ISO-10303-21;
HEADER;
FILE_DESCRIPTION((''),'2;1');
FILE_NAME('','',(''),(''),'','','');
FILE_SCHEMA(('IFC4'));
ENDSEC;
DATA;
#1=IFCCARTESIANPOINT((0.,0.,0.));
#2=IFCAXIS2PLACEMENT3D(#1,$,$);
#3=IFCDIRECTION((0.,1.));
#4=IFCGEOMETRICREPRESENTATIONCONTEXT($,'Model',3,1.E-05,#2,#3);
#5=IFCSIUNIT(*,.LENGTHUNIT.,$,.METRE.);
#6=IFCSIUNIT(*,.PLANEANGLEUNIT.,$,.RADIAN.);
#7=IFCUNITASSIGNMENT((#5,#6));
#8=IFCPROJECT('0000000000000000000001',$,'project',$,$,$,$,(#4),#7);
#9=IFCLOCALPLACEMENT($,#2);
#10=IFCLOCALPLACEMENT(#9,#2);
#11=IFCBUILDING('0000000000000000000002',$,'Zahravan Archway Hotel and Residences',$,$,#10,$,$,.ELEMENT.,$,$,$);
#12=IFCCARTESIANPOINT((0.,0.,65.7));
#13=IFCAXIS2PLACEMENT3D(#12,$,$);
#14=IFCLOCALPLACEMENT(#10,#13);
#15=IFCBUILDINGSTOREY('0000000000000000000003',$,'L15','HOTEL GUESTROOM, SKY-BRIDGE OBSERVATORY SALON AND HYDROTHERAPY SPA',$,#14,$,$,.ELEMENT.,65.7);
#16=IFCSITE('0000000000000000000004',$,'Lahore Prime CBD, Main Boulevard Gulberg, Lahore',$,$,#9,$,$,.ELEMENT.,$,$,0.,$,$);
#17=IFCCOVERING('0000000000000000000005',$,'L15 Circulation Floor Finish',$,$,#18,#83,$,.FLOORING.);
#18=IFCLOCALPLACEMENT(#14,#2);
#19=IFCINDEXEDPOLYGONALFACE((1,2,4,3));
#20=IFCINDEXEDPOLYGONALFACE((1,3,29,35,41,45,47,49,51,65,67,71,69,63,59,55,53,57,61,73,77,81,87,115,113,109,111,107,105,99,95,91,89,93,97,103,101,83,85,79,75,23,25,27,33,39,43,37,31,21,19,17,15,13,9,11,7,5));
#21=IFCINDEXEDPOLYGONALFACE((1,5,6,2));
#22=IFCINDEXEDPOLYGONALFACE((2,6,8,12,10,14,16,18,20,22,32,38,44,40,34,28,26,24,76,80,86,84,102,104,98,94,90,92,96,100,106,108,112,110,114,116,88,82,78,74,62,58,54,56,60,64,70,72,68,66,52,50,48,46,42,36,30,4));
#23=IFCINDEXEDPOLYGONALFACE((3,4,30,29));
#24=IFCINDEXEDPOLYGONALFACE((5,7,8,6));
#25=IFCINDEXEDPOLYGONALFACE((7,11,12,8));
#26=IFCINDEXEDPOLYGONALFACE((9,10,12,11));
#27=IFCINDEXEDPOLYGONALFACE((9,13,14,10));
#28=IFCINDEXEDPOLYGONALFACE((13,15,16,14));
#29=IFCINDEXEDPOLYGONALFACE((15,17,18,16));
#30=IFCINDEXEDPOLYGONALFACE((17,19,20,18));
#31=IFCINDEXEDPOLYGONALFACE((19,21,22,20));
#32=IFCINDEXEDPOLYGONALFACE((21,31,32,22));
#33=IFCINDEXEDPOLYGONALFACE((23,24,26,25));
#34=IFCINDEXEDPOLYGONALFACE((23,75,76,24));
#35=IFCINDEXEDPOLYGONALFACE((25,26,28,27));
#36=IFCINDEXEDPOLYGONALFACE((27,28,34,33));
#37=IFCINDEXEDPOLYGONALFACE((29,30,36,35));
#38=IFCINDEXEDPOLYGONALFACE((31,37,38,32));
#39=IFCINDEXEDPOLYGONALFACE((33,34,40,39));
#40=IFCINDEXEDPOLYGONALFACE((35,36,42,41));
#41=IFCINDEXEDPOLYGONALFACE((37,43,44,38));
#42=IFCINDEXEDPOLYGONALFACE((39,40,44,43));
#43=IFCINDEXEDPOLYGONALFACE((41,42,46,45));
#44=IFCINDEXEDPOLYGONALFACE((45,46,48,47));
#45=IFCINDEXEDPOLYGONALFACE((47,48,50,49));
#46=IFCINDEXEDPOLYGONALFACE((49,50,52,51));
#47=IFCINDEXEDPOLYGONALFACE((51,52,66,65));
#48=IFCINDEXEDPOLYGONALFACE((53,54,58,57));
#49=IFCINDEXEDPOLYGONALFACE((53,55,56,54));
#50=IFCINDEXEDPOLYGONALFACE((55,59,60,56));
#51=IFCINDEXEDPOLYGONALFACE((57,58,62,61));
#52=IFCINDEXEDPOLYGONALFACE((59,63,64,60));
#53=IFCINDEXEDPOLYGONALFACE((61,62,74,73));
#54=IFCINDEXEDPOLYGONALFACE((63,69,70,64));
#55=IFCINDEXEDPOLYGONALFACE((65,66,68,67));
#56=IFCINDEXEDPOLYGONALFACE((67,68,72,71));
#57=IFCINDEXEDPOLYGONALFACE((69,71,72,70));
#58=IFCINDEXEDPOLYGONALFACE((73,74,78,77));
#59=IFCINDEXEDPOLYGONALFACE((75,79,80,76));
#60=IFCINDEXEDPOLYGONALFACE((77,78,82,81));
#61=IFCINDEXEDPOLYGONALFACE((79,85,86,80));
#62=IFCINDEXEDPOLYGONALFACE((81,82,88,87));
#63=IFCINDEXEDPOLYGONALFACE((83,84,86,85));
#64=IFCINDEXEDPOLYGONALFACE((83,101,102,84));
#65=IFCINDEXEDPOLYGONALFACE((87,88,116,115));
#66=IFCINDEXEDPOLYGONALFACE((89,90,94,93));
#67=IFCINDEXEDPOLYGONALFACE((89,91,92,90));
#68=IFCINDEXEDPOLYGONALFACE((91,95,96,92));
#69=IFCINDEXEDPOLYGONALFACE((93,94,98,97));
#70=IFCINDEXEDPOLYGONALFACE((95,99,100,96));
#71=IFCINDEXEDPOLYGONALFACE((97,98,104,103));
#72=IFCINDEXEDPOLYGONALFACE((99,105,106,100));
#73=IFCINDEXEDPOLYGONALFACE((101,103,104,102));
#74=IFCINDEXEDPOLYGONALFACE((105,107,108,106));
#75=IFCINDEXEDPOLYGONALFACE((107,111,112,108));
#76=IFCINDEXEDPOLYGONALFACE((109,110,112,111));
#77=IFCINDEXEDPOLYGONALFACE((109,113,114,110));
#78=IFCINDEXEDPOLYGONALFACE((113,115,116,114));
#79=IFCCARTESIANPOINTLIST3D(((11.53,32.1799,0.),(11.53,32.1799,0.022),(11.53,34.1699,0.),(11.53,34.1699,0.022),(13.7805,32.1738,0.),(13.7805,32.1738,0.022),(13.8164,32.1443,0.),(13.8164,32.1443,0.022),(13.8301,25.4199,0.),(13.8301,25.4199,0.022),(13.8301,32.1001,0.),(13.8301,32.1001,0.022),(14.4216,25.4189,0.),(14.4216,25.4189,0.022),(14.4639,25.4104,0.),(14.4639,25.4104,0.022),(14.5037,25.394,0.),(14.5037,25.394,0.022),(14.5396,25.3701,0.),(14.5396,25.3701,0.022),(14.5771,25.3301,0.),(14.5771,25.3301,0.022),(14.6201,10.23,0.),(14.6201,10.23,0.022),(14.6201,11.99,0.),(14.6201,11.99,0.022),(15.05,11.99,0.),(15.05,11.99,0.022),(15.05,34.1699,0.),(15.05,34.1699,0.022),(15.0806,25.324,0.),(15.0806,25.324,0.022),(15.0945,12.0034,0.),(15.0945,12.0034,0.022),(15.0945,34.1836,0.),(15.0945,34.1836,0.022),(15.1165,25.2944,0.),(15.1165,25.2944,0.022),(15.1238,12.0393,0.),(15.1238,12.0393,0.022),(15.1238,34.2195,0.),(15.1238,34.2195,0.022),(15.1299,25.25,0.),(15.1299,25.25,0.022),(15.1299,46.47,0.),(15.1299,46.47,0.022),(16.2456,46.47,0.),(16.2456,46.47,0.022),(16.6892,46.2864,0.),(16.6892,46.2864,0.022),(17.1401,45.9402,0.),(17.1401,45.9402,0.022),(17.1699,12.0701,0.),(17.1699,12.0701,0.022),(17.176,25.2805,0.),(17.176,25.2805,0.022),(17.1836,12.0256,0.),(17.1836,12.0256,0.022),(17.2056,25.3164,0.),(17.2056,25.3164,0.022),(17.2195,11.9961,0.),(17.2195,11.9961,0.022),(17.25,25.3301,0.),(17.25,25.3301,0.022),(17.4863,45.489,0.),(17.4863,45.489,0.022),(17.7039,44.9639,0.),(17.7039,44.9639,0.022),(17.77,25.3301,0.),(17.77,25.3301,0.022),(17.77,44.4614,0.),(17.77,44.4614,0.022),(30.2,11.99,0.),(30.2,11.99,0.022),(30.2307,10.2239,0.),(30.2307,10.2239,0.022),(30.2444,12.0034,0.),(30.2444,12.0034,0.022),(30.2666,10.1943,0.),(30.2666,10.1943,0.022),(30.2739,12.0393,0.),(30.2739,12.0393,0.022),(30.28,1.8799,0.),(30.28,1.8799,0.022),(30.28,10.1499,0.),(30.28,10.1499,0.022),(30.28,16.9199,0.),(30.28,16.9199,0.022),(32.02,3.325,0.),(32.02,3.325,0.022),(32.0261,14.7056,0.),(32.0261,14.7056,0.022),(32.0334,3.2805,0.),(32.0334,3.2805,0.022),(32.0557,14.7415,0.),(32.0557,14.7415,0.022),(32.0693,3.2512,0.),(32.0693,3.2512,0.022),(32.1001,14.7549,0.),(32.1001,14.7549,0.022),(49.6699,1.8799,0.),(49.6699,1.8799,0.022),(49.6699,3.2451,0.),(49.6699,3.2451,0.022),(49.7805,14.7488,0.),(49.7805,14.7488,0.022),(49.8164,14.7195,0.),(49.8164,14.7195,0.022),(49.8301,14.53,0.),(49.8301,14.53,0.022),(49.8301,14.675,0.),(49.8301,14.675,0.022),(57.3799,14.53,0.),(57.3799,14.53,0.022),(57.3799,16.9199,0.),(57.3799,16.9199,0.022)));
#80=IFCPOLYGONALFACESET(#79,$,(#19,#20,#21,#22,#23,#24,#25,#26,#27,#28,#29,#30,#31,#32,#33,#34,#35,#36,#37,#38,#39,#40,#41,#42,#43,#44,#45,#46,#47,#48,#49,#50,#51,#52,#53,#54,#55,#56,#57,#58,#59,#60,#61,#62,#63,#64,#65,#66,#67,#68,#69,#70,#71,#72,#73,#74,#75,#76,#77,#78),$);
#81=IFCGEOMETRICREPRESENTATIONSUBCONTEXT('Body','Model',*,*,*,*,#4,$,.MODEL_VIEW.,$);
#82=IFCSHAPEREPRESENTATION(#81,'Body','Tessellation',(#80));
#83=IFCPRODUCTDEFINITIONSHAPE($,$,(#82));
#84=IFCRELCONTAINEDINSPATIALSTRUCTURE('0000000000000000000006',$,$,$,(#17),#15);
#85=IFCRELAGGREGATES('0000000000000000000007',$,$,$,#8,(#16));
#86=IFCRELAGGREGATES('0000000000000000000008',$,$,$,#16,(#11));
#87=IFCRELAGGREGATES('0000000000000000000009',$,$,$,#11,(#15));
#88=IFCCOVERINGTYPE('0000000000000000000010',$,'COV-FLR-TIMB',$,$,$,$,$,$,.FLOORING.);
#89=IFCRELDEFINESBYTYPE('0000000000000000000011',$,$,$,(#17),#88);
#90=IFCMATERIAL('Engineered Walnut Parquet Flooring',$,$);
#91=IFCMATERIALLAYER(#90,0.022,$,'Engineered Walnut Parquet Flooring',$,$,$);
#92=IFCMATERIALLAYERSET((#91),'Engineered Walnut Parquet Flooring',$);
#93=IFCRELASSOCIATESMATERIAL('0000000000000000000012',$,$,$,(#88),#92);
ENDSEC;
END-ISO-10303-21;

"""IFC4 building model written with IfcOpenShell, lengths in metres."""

from ifc_helpers import new_model, si_unit, direction, frame, origin, place, context, subcontext, project, spatial, polyline, outline, extrude, material, layer, layer_set, type_object, element, save


model = new_model("IFC4")

# Units and contexts
model_context = context("Model", 3, precision=1e-05, world=origin(), true_north=direction((0.0, 1.0)))
body_context = subcontext(model_context, "Body", "Model", "MODEL_VIEW")
ifc_project = project(units=[si_unit("LENGTHUNIT", "METRE"), si_unit("PLANEANGLEUNIT", "RADIAN")], contexts=[model_context])

# Site, building, storey
site_placement = place(None, origin())
site = spatial("IfcSite", under=ifc_project, at=site_placement, Name="Lahore Prime CBD, Main Boulevard Gulberg, Lahore", CompositionType="ELEMENT", RefElevation=0.0)
building_placement = place(site_placement, origin())
building = spatial("IfcBuilding", under=site, at=building_placement, Name="Zahravan Archway Hotel and Residences", CompositionType="ELEMENT")
storey_placement = place(building_placement, frame((0.0, 0.0, 65.7)))
storey = spatial("IfcBuildingStorey", under=building, at=storey_placement, Name="L15", Description="HOTEL GUESTROOM, SKY-BRIDGE OBSERVATORY SALON AND HYDROTHERAPY SPA", CompositionType="ELEMENT", Elevation=65.7)

# Covering
ifc_material_1 = material(Name="Engineered Walnut Parquet Flooring")
ifc_layer_1 = layer(ifc_material_1, 0.022, Name="Engineered Walnut Parquet Flooring")
ifc_layer_set_1 = layer_set([ifc_layer_1], Name="Engineered Walnut Parquet Flooring")
covering_type = type_object("IfcCoveringType", Name="COV-FLR-TIMB", PredefinedType="FLOORING", material=ifc_layer_set_1)
covering_placement = place(storey_placement, origin())
element("IfcCovering", 1, at=covering_placement, inside=storey, type_object=covering_type, Name="L15 Circulation Floor Finish", PredefinedType="FLOORING", context=body_context, shape_type="SweptSolid", body=[
    extrude(outline(polyline([(49.8301, 14.675), (49.8164, 14.7195), (49.7805, 14.7488), (32.1001, 14.7549), (32.0557, 14.7415), (32.0261, 14.7056), (32.02, 3.325), (32.0334, 3.2805), (32.0693, 3.2512), (49.6699, 3.2451), (49.6699, 1.8799), (30.28, 1.8799), (30.28, 10.1499), (30.2666, 10.1943), (30.2307, 10.2239), (14.6201, 10.23), (14.6201, 11.99), (15.05, 11.99), (15.0945, 12.0034), (15.1238, 12.0393), (15.1299, 25.25), (15.1165, 25.2944), (15.0806, 25.324), (14.5771, 25.3301), (14.5396, 25.3701), (14.5037, 25.394), (14.4639, 25.4104), (14.4216, 25.4189), (13.8301, 25.4199), (13.8301, 32.1001), (13.8164, 32.1443), (13.7805, 32.1738), (11.53, 32.1799), (11.53, 34.1699), (15.05, 34.1699), (15.0945, 34.1836), (15.1238, 34.2195), (15.1299, 46.47), (16.2456, 46.47), (16.6892, 46.2864), (17.1401, 45.9402), (17.4863, 45.489), (17.7039, 44.9639), (17.77, 44.4614), (17.77, 25.3301), (17.25, 25.3301), (17.2056, 25.3164), (17.176, 25.2805), (17.1699, 12.0701), (17.1836, 12.0256), (17.2195, 11.9961), (30.2, 11.99), (30.2444, 12.0034), (30.2739, 12.0393), (30.28, 16.9199), (57.3799, 16.9199), (57.3799, 14.53), (49.8301, 14.53), (49.8301, 14.675)])), origin(), (0.0, 0.0, 1.0), 0.022),
])

save(model, "model.ifc")
